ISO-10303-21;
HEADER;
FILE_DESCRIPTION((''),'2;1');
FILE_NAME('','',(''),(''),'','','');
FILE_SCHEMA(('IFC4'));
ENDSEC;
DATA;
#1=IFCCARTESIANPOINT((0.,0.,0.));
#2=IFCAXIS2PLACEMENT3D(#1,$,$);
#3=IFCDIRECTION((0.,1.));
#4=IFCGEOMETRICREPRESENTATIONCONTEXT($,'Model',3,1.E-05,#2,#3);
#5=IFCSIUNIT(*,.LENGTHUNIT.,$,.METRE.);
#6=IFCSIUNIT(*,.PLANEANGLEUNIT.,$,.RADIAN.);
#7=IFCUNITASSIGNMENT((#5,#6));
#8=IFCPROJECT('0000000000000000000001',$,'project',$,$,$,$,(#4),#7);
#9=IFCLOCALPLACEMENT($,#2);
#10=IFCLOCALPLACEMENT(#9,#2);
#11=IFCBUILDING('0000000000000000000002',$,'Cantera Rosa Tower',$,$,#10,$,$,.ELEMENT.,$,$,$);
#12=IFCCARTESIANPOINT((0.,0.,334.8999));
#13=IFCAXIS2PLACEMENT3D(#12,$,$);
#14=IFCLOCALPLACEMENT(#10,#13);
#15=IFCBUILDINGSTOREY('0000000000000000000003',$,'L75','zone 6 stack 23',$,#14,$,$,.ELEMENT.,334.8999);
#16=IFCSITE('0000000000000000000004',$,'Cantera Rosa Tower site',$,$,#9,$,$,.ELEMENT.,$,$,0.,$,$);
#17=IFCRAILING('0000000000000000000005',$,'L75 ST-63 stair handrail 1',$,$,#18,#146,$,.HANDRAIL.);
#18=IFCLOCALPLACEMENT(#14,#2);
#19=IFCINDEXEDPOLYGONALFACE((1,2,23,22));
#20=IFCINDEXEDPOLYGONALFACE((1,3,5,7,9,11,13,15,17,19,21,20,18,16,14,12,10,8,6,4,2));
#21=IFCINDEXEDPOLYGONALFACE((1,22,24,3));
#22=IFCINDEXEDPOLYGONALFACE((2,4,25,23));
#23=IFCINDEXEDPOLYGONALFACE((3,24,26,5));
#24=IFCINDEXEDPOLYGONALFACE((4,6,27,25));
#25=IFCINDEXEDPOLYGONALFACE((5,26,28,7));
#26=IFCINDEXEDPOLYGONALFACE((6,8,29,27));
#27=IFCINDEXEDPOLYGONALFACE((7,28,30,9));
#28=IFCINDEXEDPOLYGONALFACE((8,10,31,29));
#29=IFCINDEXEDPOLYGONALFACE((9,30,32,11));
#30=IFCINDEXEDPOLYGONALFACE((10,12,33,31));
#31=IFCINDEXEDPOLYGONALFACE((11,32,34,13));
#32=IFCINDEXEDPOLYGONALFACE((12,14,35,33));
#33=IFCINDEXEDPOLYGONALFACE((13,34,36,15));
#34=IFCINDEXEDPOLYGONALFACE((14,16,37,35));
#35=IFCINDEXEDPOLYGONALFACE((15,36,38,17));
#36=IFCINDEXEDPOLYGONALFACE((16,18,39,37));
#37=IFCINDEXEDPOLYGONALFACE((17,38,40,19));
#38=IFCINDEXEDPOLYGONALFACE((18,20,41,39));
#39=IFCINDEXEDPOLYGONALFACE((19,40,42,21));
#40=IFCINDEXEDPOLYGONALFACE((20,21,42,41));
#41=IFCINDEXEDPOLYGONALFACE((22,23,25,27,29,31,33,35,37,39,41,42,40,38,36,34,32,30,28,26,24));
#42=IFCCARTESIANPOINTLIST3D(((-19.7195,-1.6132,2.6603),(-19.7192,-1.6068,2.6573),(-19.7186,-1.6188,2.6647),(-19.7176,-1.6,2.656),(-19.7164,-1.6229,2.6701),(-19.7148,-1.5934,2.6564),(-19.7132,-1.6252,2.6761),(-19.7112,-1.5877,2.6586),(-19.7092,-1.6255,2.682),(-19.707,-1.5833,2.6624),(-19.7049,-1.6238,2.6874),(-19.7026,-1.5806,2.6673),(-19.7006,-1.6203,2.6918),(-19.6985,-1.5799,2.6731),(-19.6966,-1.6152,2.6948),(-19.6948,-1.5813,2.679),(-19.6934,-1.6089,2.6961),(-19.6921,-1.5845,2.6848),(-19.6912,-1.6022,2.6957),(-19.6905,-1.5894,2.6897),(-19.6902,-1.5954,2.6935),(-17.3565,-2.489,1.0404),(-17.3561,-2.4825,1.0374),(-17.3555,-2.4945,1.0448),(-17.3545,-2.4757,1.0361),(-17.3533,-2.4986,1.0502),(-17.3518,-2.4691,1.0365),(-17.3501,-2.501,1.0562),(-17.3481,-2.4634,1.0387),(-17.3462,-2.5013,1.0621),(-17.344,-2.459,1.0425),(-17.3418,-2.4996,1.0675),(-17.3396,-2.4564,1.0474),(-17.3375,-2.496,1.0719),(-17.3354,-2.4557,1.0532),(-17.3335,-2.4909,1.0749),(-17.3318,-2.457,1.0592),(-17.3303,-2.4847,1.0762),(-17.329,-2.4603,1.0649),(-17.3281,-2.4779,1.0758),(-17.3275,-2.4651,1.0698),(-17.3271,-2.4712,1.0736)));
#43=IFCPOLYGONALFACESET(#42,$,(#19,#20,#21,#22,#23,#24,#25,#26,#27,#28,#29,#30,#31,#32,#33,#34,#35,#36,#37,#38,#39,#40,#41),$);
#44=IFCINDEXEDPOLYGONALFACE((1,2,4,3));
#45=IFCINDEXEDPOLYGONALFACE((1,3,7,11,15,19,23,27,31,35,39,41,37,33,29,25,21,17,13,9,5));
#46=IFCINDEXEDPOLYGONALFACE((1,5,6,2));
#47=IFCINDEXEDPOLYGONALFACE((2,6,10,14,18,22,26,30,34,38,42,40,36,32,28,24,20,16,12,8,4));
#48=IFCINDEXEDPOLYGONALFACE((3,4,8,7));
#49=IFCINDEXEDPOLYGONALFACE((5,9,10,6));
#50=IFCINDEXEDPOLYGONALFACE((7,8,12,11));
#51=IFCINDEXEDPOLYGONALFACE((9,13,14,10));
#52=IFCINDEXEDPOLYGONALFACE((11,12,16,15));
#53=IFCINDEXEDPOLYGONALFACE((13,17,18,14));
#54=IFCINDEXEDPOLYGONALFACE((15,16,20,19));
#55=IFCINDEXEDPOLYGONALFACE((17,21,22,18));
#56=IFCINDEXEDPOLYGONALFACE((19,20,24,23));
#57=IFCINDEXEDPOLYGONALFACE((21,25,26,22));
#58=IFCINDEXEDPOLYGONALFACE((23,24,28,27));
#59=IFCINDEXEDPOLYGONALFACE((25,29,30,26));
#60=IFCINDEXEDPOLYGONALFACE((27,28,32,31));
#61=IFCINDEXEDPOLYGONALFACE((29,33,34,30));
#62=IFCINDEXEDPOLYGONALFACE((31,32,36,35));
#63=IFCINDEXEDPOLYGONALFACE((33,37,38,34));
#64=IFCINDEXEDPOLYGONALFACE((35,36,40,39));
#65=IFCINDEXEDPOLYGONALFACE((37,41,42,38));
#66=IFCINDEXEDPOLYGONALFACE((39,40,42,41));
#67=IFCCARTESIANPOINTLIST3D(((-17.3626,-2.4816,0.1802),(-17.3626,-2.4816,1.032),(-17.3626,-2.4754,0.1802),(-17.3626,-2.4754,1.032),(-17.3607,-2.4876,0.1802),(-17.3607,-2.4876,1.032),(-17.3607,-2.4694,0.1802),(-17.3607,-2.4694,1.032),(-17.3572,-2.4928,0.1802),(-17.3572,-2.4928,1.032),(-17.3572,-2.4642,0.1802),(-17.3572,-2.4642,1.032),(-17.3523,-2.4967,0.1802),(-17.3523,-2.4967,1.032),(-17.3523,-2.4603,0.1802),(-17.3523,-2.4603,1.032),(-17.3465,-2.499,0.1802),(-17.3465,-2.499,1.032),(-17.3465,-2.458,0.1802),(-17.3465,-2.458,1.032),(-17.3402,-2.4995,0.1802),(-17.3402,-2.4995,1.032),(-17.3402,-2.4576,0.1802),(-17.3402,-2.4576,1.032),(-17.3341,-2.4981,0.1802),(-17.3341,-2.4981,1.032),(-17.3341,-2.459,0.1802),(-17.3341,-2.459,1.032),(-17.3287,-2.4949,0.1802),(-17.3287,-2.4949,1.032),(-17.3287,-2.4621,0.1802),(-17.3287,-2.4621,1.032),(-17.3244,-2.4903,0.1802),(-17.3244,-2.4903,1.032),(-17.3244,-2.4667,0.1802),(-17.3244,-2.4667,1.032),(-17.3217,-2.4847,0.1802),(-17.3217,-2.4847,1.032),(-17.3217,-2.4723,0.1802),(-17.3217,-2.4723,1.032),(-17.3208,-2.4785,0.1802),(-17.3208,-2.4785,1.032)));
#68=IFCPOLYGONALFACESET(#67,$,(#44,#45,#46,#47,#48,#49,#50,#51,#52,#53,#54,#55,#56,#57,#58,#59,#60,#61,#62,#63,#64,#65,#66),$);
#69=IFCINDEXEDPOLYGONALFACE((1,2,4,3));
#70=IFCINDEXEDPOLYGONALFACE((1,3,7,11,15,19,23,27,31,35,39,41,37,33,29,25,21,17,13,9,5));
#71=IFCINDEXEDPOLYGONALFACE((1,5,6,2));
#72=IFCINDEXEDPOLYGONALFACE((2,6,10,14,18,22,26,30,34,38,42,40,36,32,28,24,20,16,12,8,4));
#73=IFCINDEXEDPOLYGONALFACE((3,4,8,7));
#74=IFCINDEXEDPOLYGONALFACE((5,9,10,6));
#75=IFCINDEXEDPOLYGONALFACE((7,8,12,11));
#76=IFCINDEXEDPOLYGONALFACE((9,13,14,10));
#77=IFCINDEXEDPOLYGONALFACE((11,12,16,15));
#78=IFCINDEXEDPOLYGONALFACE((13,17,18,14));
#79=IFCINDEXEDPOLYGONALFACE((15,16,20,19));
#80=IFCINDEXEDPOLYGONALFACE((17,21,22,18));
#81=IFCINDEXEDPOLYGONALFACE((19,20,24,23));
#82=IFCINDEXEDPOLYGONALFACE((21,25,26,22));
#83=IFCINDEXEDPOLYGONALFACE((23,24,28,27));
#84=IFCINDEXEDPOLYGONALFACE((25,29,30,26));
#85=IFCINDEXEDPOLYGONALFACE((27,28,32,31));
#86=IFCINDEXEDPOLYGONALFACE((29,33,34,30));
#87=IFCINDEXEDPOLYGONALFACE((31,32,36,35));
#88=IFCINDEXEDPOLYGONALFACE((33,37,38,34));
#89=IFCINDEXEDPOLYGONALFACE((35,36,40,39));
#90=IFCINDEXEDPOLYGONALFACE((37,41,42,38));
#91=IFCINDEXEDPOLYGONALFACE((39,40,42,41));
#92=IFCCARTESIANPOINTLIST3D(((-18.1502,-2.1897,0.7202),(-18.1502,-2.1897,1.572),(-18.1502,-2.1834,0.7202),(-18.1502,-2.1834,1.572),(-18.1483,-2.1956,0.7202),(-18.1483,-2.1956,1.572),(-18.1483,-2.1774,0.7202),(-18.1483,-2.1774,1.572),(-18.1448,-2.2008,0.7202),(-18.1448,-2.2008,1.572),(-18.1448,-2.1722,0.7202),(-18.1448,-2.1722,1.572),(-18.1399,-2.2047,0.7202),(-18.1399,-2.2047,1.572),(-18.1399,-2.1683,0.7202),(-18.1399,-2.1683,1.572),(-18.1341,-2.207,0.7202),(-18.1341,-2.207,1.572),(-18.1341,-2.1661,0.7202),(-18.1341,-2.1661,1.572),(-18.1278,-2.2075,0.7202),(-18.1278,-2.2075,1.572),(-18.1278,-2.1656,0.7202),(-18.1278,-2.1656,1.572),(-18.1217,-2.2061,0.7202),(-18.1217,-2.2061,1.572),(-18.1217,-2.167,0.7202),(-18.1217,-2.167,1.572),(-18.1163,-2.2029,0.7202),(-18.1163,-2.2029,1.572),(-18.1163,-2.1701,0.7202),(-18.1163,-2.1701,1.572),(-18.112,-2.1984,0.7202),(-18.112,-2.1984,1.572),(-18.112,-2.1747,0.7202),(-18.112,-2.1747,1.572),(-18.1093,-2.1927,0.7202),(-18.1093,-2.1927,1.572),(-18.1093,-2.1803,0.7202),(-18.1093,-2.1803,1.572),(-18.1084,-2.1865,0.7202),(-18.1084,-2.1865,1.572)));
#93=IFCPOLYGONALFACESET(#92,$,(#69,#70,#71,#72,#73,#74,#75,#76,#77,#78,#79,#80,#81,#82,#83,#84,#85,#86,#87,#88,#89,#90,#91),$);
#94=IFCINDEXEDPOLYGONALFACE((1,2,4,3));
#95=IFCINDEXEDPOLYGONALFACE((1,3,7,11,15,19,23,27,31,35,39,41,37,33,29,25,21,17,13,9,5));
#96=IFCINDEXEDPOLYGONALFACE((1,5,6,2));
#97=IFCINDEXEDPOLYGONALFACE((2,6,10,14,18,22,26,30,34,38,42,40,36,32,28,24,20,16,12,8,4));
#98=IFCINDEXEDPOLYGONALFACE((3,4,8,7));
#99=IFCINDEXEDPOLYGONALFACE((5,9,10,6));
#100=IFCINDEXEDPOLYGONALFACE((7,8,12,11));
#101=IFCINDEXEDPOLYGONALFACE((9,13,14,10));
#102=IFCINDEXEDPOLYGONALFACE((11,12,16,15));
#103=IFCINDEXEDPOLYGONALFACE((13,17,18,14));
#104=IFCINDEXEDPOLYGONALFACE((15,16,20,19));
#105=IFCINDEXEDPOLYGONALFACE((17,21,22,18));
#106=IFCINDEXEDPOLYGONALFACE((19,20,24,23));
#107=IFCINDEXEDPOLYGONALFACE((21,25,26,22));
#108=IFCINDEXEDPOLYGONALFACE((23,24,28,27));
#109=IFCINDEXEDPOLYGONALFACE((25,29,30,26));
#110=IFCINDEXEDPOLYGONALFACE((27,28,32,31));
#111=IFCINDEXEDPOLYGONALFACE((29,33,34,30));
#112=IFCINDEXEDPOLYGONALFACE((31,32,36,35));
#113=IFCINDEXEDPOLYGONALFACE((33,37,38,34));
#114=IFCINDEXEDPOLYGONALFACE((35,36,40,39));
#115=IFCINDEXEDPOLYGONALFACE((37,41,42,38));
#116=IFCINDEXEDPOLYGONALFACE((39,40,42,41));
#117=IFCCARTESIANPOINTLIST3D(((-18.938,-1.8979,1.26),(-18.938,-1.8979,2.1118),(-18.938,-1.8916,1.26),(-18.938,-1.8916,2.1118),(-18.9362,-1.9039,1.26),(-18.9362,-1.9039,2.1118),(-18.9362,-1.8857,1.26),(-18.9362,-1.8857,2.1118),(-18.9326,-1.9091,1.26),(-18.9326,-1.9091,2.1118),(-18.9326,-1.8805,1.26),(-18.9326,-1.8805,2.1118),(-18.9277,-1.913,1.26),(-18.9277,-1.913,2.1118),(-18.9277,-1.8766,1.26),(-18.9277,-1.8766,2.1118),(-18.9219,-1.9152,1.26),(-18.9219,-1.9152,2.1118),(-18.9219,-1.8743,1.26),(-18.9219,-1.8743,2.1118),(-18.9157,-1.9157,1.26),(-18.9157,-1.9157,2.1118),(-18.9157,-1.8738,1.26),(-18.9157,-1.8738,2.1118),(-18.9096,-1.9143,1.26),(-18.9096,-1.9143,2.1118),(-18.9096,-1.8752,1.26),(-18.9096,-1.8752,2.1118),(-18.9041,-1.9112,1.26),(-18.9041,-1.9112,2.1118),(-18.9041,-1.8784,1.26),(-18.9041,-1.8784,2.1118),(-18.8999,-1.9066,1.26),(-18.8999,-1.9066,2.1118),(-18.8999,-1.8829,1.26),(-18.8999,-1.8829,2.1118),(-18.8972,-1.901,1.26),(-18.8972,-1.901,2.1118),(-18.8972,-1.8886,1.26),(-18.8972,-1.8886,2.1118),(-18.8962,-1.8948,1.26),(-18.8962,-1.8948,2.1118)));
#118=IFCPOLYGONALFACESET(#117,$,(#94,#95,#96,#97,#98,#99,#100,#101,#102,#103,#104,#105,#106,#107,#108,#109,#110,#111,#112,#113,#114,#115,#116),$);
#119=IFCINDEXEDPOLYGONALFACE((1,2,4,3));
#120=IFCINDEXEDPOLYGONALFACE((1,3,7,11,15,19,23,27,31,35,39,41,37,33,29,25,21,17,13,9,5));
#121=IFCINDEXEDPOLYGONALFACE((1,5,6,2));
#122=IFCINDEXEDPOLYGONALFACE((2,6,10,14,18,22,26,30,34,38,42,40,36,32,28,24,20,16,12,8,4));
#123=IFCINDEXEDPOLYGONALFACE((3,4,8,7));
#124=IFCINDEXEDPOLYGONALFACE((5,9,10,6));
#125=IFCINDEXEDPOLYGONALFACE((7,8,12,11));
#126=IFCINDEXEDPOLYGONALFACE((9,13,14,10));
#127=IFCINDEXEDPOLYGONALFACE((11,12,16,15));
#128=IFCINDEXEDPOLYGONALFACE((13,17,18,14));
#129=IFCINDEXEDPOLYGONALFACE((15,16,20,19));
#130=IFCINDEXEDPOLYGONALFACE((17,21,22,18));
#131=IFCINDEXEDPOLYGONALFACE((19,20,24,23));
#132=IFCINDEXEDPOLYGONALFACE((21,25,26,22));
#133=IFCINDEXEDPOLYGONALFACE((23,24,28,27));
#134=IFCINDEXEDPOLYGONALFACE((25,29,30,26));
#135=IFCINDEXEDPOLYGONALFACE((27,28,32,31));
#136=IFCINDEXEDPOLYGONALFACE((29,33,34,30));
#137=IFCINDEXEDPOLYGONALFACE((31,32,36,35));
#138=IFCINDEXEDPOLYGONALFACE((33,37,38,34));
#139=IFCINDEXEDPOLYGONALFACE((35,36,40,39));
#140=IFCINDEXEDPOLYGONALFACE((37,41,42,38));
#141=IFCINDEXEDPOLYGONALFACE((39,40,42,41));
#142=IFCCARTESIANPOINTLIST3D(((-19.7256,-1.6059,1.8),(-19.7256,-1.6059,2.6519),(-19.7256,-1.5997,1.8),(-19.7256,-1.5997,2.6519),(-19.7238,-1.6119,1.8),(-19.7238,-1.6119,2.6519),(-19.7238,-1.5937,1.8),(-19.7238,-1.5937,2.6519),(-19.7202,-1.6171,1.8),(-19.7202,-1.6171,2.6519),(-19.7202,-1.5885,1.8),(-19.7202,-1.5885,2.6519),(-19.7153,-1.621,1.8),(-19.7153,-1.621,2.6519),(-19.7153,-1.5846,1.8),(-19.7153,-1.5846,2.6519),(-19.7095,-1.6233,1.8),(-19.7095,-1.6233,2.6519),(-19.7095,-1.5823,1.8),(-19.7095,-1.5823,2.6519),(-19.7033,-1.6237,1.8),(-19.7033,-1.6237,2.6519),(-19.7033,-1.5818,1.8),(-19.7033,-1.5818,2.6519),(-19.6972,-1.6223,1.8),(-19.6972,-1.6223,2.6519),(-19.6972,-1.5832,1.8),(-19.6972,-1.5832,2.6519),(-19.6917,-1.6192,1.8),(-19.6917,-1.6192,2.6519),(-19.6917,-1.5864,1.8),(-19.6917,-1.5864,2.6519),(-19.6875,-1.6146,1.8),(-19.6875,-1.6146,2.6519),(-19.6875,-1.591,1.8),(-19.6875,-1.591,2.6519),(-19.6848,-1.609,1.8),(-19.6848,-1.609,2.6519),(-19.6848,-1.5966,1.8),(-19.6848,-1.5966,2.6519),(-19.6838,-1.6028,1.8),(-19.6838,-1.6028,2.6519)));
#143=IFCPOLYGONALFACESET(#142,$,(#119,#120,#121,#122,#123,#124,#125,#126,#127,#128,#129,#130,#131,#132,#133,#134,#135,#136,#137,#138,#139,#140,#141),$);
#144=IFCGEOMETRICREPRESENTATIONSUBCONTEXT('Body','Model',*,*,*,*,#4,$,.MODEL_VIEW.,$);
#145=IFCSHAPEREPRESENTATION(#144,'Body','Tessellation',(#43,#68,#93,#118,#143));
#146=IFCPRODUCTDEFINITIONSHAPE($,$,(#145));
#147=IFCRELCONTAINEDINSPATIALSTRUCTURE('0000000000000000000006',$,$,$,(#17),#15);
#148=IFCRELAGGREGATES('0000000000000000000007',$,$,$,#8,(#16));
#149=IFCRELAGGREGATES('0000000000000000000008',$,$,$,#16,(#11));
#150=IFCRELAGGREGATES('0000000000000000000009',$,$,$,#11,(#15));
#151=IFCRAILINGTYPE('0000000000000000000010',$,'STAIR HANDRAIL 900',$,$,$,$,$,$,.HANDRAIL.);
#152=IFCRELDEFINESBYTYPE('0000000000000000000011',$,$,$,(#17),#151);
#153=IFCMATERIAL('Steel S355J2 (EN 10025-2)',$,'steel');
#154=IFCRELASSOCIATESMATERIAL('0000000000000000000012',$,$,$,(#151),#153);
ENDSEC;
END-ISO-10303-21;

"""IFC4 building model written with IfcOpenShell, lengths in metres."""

from ifc_helpers import new_model, si_unit, direction, frame, origin, origin_2d, place, context, subcontext, project, spatial, circle, extrude, material, type_object, element, save


model = new_model("IFC4")

# Units and contexts
model_context = context("Model", 3, precision=1e-05, world=origin(), true_north=direction((0.0, 1.0)))
body_context = subcontext(model_context, "Body", "Model", "MODEL_VIEW")
ifc_project = project(units=[si_unit("LENGTHUNIT", "METRE"), si_unit("PLANEANGLEUNIT", "RADIAN")], contexts=[model_context])

# Site, building, storey
site_placement = place(None, origin())
site = spatial("IfcSite", under=ifc_project, at=site_placement, Name="Cantera Rosa Tower site", CompositionType="ELEMENT", RefElevation=0.0)
building_placement = place(site_placement, origin())
building = spatial("IfcBuilding", under=site, at=building_placement, Name="Cantera Rosa Tower", CompositionType="ELEMENT")
storey_placement = place(building_placement, frame((0.0, 0.0, 334.8999)))
storey = spatial("IfcBuildingStorey", under=building, at=storey_placement, Name="L75", Description="zone 6 stack 23", CompositionType="ELEMENT", Elevation=334.8999)

# Railing
ifc_material_1 = material(Name="Steel S355J2 (EN 10025-2)", Category="steel")
railing_type_1 = type_object("IfcRailingType", Name="STAIR HANDRAIL 900", PredefinedType="HANDRAIL", material=ifc_material_1)
railing_1_placement = place(storey_placement, frame((-17.3418, -2.4785, 0.1802)))
element("IfcRailing", 1, at=railing_1_placement, inside=storey, type_object=railing_type_1, Name="L75 ST-63 stair handrail 1", PredefinedType="HANDRAIL", context=body_context, shape_type="SweptSolid", body=[
    extrude(circle(Radius=0.0239, at=origin_2d()), frame((0.0, 0.0, 0.876), z_axis=(-0.788782, 0.29232, 0.540714), x_axis=(-0.347501, -0.93768, 0.0)), (0.0, 0.0, 1.0), 2.9958),
    extrude(circle(Radius=0.021, at=origin_2d()), origin(), (0.0, 0.0, 1.0), 0.8518),
    extrude(circle(Radius=0.021, at=origin_2d()), frame((-0.7876, 0.292, 0.54)), (0.0, 0.0, 1.0), 0.8518),
    extrude(circle(Radius=0.021, at=origin_2d()), frame((-1.5754, 0.5837, 1.0798)), (0.0, 0.0, 1.0), 0.8518),
    extrude(circle(Radius=0.021, at=origin_2d()), frame((-2.363, 0.8757, 1.6199)), (0.0, 0.0, 1.0), 0.8518),
])

save(model, "model.ifc")
